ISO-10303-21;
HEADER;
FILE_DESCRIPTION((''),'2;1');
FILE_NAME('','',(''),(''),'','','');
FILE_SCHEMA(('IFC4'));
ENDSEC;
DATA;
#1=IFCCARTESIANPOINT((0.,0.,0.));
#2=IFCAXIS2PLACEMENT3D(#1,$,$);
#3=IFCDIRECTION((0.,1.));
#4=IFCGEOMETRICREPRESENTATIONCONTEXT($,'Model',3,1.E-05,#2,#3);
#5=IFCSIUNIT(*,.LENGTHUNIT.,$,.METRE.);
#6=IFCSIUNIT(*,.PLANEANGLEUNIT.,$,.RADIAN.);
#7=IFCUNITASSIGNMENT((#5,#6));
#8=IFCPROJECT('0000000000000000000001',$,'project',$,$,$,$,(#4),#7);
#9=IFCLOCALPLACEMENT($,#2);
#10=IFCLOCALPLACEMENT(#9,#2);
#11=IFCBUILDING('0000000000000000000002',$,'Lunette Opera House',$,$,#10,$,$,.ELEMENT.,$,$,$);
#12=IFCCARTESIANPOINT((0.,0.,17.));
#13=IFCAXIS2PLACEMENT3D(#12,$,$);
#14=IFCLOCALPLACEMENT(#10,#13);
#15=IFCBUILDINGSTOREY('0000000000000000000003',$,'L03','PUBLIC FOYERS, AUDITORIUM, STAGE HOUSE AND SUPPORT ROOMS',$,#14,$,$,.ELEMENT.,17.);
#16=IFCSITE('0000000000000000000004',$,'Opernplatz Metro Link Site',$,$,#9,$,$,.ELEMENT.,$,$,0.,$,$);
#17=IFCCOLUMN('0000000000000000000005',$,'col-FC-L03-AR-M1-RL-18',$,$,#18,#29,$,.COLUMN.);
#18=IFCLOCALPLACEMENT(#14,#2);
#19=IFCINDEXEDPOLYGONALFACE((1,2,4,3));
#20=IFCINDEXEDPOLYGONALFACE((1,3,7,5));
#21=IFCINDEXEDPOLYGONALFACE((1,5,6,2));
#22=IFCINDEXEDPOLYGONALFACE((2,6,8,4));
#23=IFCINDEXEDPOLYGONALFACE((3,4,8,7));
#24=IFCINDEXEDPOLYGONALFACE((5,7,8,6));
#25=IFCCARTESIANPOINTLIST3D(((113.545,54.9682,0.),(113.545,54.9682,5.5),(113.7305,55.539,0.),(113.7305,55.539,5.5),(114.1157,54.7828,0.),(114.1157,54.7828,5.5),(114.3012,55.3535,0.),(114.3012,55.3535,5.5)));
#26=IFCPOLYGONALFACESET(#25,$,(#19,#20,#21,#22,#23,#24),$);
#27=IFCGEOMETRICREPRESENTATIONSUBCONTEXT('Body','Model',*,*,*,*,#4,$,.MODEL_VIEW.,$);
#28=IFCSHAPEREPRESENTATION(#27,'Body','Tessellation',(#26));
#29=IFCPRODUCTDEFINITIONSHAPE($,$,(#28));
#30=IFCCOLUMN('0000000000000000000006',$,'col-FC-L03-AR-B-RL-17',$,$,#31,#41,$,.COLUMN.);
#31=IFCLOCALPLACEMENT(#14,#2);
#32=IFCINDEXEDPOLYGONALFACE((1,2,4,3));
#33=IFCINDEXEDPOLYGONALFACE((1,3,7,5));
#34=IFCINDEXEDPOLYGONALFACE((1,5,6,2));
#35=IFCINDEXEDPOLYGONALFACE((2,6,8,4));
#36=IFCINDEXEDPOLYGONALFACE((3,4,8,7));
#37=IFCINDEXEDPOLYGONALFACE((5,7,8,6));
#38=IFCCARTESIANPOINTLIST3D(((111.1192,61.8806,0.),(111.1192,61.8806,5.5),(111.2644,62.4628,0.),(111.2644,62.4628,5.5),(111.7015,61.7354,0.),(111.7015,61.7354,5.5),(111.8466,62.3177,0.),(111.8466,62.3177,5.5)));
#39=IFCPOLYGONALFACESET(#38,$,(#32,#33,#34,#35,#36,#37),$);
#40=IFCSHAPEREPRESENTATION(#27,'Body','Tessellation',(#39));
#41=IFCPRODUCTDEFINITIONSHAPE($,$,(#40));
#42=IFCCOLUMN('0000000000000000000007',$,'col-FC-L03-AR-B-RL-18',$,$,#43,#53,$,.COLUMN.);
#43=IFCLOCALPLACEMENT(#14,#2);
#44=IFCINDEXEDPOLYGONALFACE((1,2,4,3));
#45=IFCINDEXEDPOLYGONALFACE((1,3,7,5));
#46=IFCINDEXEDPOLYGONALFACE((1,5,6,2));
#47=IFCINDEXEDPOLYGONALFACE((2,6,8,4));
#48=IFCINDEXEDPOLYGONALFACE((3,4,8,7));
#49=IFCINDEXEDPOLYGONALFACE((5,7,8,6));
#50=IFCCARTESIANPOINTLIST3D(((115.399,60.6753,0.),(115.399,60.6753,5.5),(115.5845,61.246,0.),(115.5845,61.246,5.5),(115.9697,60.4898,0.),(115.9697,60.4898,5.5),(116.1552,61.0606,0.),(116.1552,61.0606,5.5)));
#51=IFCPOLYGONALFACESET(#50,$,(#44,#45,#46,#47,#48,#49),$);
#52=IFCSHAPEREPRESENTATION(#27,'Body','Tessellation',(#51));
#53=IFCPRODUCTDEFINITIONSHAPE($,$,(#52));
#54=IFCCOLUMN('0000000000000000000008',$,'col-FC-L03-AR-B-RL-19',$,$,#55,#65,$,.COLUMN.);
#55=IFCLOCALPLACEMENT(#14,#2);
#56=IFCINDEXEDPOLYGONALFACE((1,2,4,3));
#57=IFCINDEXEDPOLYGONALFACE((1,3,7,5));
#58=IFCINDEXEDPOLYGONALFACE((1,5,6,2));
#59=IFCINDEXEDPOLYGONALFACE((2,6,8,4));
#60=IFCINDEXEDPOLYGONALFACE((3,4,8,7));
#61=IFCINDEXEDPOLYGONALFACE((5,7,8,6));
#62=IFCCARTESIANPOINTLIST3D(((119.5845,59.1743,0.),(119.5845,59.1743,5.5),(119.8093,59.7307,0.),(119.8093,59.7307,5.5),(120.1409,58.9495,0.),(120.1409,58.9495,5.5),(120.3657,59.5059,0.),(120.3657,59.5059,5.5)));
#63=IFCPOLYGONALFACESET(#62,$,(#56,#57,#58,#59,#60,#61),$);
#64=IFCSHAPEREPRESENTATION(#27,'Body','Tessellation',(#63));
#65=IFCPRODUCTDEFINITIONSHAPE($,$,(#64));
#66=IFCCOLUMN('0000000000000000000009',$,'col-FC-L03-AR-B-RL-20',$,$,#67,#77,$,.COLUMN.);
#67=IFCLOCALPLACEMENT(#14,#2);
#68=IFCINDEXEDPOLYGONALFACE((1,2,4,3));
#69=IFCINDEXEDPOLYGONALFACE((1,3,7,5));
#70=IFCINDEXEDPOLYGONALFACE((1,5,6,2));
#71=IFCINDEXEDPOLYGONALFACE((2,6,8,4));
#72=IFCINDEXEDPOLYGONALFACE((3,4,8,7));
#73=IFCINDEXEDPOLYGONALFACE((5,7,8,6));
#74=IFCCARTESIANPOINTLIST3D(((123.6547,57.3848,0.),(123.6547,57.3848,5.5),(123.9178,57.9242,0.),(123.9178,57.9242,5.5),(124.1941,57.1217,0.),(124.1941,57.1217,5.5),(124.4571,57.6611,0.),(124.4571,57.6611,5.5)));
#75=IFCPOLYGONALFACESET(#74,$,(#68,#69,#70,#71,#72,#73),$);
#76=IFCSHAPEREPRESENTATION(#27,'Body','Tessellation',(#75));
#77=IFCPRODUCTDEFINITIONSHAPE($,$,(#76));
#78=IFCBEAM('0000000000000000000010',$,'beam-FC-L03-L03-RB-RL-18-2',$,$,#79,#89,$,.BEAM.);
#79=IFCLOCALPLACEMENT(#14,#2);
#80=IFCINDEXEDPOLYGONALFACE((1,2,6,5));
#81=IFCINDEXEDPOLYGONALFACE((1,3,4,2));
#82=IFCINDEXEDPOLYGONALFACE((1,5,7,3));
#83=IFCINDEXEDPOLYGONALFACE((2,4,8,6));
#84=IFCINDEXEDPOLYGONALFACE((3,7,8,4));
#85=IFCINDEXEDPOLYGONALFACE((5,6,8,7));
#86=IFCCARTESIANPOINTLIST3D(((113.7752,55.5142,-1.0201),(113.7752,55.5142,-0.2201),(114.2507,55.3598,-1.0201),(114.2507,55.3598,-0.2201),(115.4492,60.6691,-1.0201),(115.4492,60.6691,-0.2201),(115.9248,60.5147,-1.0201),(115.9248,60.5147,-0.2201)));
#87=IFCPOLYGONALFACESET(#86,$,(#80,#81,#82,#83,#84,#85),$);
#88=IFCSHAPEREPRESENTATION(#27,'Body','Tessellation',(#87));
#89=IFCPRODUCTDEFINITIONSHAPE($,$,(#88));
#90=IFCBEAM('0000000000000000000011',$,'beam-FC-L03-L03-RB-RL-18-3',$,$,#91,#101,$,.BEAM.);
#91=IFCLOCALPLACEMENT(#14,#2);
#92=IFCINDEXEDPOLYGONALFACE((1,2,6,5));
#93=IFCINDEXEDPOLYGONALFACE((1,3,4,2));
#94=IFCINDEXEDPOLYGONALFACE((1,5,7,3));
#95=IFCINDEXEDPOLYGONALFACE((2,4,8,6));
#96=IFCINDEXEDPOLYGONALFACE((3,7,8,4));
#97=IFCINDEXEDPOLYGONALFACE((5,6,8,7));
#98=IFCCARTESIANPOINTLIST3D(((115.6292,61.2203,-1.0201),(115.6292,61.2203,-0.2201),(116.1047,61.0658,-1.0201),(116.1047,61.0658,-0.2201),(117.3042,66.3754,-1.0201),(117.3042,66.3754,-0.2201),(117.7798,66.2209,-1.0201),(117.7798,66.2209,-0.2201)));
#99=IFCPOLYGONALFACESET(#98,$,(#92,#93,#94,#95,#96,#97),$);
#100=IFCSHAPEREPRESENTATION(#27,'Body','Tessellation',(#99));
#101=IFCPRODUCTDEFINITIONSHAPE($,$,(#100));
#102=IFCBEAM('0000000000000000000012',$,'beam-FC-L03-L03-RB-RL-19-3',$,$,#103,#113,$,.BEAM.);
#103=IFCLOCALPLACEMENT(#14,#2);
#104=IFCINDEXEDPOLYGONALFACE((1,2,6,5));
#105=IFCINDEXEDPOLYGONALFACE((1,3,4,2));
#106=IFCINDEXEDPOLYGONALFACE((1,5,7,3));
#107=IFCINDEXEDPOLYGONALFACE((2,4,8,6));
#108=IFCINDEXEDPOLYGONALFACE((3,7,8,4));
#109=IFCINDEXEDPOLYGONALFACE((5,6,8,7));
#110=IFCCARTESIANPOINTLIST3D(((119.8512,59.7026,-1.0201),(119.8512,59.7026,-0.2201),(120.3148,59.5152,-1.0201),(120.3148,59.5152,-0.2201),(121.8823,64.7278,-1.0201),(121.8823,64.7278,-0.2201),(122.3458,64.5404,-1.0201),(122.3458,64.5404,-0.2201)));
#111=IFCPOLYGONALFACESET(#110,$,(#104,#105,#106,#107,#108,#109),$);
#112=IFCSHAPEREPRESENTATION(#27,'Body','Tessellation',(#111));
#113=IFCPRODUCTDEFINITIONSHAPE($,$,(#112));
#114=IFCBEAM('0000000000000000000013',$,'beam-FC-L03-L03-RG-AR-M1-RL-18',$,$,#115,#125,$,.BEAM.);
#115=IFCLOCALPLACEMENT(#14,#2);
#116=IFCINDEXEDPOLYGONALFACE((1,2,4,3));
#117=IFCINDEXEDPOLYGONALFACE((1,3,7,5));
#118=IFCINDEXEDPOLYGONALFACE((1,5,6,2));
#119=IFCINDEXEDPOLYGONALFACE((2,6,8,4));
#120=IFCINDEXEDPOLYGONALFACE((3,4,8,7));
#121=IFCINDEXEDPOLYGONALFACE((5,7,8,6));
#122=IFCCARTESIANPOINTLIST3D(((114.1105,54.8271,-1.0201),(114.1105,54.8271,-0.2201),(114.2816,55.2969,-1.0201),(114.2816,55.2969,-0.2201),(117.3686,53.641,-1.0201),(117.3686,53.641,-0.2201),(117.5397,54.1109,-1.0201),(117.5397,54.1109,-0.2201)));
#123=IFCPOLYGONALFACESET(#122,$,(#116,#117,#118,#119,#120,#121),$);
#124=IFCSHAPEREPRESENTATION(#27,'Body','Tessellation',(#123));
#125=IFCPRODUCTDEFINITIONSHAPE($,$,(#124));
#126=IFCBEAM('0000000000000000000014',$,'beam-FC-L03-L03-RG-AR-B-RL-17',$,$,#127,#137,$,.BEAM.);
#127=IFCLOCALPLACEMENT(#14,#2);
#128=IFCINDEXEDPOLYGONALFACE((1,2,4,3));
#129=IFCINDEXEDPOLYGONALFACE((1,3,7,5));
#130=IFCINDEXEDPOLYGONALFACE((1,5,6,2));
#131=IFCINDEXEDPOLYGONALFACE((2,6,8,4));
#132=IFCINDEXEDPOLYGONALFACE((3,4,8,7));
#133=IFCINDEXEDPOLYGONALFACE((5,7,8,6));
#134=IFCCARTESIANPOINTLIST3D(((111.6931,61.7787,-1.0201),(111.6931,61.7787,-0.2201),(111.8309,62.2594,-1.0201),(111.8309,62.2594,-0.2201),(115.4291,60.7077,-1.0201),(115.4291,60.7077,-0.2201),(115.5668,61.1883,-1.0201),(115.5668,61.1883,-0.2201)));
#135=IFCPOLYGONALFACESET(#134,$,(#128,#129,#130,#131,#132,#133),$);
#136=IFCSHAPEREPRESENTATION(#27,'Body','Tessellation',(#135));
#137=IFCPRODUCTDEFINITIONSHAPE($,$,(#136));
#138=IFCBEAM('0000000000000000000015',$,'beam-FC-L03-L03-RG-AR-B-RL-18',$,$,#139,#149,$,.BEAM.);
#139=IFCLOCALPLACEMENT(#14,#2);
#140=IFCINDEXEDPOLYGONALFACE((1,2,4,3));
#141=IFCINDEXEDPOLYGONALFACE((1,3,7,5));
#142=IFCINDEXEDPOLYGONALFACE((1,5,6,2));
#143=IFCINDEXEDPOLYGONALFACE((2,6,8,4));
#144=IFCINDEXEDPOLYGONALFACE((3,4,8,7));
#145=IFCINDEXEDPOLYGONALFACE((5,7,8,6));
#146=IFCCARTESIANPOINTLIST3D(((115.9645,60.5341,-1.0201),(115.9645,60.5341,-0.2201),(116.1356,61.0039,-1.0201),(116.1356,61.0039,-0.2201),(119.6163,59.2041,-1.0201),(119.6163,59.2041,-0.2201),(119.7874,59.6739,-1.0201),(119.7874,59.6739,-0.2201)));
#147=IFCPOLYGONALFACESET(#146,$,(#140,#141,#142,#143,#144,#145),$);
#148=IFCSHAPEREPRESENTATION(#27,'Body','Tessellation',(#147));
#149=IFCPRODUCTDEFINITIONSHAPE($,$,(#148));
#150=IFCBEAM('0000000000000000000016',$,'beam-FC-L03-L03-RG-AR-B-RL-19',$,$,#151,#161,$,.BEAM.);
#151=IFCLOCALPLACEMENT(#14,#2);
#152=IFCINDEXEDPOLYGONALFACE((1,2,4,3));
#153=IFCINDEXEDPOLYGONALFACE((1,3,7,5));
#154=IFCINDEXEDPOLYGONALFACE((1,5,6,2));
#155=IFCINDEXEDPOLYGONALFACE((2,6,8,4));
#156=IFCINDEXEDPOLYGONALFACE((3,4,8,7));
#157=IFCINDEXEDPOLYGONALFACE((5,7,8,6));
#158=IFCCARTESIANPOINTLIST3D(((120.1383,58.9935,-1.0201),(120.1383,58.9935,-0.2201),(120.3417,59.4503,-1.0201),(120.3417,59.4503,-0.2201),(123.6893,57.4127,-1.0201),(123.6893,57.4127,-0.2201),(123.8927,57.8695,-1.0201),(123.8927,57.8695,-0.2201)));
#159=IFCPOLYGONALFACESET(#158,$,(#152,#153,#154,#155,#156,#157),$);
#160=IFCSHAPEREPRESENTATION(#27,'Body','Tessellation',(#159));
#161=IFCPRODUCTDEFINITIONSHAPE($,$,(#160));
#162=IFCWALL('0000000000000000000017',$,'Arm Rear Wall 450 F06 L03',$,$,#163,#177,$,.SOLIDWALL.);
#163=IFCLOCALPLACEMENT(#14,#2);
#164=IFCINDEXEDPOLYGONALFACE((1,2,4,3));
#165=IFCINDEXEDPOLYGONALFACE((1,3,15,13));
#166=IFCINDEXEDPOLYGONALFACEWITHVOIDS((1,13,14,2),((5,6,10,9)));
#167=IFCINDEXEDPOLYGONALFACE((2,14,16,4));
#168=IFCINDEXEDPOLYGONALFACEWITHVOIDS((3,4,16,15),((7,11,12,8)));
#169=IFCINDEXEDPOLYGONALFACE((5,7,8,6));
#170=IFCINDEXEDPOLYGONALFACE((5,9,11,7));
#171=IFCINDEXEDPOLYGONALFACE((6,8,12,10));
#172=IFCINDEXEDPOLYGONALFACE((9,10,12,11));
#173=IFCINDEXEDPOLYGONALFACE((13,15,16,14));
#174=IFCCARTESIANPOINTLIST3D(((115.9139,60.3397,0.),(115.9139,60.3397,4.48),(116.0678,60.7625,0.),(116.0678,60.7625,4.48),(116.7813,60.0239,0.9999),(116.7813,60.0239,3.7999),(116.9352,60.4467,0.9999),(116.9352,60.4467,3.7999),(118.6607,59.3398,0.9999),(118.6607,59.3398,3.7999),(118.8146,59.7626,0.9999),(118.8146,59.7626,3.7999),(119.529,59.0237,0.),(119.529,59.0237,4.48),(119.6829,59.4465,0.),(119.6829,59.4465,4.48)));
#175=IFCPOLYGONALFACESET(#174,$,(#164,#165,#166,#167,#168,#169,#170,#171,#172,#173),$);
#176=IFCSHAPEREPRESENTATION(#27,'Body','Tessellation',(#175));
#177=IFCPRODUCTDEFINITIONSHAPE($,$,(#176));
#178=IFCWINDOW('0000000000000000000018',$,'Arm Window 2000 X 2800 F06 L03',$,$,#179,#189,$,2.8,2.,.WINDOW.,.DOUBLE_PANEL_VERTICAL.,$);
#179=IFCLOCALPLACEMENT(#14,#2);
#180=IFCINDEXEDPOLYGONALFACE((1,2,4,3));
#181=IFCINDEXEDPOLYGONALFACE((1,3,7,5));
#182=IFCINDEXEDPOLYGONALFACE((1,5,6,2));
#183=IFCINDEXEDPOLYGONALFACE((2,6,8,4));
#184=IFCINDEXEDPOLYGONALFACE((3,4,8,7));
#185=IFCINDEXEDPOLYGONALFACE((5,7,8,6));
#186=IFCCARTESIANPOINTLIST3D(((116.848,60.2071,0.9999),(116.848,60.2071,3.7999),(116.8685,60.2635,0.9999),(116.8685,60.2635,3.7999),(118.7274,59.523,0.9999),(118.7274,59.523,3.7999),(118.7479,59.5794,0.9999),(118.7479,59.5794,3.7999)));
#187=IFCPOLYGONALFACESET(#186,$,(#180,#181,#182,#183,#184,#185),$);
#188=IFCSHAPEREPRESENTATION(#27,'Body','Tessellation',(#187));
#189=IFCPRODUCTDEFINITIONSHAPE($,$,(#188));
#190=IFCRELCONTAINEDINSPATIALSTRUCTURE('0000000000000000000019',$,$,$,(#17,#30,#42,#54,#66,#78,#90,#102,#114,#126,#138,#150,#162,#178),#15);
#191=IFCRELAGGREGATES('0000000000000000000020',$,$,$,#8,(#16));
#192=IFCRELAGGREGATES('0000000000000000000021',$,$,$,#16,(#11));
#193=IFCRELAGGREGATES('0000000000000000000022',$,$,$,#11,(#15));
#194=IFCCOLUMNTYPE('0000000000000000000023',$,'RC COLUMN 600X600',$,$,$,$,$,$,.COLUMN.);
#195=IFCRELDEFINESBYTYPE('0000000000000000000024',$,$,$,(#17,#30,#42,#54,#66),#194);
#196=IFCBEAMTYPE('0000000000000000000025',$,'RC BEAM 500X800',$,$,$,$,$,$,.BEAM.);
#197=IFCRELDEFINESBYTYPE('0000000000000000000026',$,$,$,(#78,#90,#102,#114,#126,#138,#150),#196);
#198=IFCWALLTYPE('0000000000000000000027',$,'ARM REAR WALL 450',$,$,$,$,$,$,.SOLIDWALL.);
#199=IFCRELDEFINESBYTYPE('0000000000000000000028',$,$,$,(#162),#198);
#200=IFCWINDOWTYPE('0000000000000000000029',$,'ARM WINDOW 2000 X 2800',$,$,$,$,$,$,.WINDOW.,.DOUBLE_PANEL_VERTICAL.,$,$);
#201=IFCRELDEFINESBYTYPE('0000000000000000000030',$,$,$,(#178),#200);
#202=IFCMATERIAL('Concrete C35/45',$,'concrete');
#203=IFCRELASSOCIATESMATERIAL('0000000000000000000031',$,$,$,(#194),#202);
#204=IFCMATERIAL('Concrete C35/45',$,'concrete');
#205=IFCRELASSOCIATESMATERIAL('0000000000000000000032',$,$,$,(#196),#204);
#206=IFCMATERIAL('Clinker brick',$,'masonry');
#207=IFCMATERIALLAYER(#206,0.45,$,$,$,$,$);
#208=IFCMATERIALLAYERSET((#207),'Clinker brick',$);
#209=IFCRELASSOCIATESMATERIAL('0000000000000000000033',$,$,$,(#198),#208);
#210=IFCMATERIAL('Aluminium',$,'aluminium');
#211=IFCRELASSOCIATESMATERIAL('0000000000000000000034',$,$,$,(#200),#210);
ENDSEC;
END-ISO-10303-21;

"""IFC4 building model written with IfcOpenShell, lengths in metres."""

from ifc_helpers import new_model, si_unit, direction, frame, frame_2d, origin, origin_2d, place, context, subcontext, project, spatial, rectangle, extrude, material, layer, layer_set, material_profile, profile_set, type_object, element, fill, save


model = new_model("IFC4")

# Units and contexts
model_context = context("Model", 3, precision=1e-05, world=origin(), true_north=direction((0.0, 1.0)))
body_context = subcontext(model_context, "Body", "Model", "MODEL_VIEW")
ifc_project = project(units=[si_unit("LENGTHUNIT", "METRE"), si_unit("PLANEANGLEUNIT", "RADIAN")], contexts=[model_context])

# Site, building, storey
site_placement = place(None, origin())
site = spatial("IfcSite", under=ifc_project, at=site_placement, Name="Opernplatz Metro Link Site", CompositionType="ELEMENT", RefElevation=0.0)
building_placement = place(site_placement, origin())
building = spatial("IfcBuilding", under=site, at=building_placement, Name="Lunette Opera House", CompositionType="ELEMENT")
storey_placement = place(building_placement, frame((0.0, 0.0, 17.0)))
storey = spatial("IfcBuildingStorey", under=building, at=storey_placement, Name="L03", Description="PUBLIC FOYERS, AUDITORIUM, STAGE HOUSE AND SUPPORT ROOMS", CompositionType="ELEMENT", Elevation=17.0)

# Columns
ifc_material_1 = material(Name="Concrete C35/45", Category="concrete")
ifc_material_profile_1 = material_profile(ifc_material_1, rectangle(XDim=0.6001, YDim=0.6001, at=origin_2d()), Name="RC COLUMN 600X600")
ifc_profile_set_1 = profile_set([ifc_material_profile_1], Name="Concrete C35/45")
column_type = type_object("IfcColumnType", Name="RC COLUMN 600X600", PredefinedType="COLUMN", material=ifc_profile_set_1)
for number, where, z_axis, x_axis, name in (
    (1, (113.9231, 55.1609, 0.0), (0.0, 0.0, 1.0), (0.951057, -0.309017, 0.0), "col-FC-L03-AR-M1-RL-18"),
    (2, (111.4829, 62.0991, 0.0), (0.0, 0.0, 1.0), (0.970296, -0.241922, 0.0), "col-FC-L03-AR-B-RL-17"),
    (3, (115.7771, 60.8679, 0.0), (0.0, 0.0, 1.0), (0.951057, -0.309017, 0.0), "col-FC-L03-AR-B-RL-18"),
    (4, (119.9751, 59.3401, 0.0), (0.0, 0.0, 1.0), (0.927184, -0.374607, 0.0), "col-FC-L03-AR-B-RL-19"),
    (5, (124.0559, 57.5229, 0.0), (0.0, 0.0, 1.0), (0.898794, -0.438371, 0.0), "col-FC-L03-AR-B-RL-20"),
):
    element("IfcColumn", number, at=place(storey_placement, frame(where, z_axis=z_axis, x_axis=x_axis)), inside=storey, type_object=column_type, Name=name, PredefinedType="COLUMN", context=body_context, shape_type="SweptSolid", body=[
        extrude(rectangle(XDim=0.6001, YDim=0.6001, at=origin_2d()), origin(), (0.0, 0.0, 1.0), 5.5),
    ])

# Beams
ifc_material_2 = material(Name="Concrete C35/45", Category="concrete")
ifc_material_profile_2 = material_profile(ifc_material_2, rectangle(XDim=0.5, YDim=0.8, at=origin_2d()), Name="RC BEAM 500X800")
ifc_profile_set_2 = profile_set([ifc_material_profile_2], Name="Concrete C35/45")
beam_type = type_object("IfcBeamType", Name="RC BEAM 500X800", PredefinedType="BEAM", material=ifc_profile_set_2)
beam_1_placement = place(storey_placement, frame((114.0129, 55.437, -0.6201), z_axis=(0.308867, 0.951105, 0.0), x_axis=(-0.951105, 0.308867, 0.0)))
element("IfcBeam", 6, at=beam_1_placement, inside=storey, type_object=beam_type, Name="beam-FC-L03-L03-RB-RL-18-2", PredefinedType="BEAM", context=body_context, shape_type="SweptSolid", body=[
    extrude(rectangle(XDim=0.5, YDim=0.8, at=origin_2d()), origin(), (0.0, 0.0, 1.0), 5.4199),
])
beam_2_placement = place(storey_placement, frame((115.8669, 61.1431, -0.6201), z_axis=(0.30903, 0.951052, 0.0), x_axis=(-0.951052, 0.30903, 0.0)))
element("IfcBeam", 7, at=beam_2_placement, inside=storey, type_object=beam_type, Name="beam-FC-L03-L03-RB-RL-18-3", PredefinedType="BEAM", context=body_context, shape_type="SweptSolid", body=[
    extrude(rectangle(XDim=0.5, YDim=0.8, at=origin_2d()), origin(), (0.0, 0.0, 1.0), 5.4204),
])
beam_3_placement = place(storey_placement, frame((120.083, 59.6089, -0.6201), z_axis=(0.37472, 0.927138, 0.0), x_axis=(-0.927138, 0.37472, 0.0)))
element("IfcBeam", 8, at=beam_3_placement, inside=storey, type_object=beam_type, Name="beam-FC-L03-L03-RB-RL-19-3", PredefinedType="BEAM", context=body_context, shape_type="SweptSolid", body=[
    extrude(rectangle(XDim=0.5, YDim=0.8, at=origin_2d()), origin(), (0.0, 0.0, 1.0), 5.4202),
])
beam_4_placement = place(storey_placement, frame((114.196, 55.062, -0.6201), z_axis=(0.939674, -0.342071, 0.0), x_axis=(0.342071, 0.939674, 0.0)))
element("IfcBeam", 9, at=beam_4_placement, inside=storey, type_object=beam_type, Name="beam-FC-L03-L03-RG-AR-M1-RL-18", PredefinedType="BEAM", context=body_context, shape_type="SweptSolid", body=[
    extrude(rectangle(XDim=0.5, YDim=0.8, at=origin_2d()), origin(), (0.0, 0.0, 1.0), 3.4673),
])
for number, where, z_axis, x_axis, name in (
    (10, (111.762, 62.019, -0.6201), (0.961279, -0.275576, 0.0), (0.275576, 0.961279, 0.0), "beam-FC-L03-L03-RG-AR-B-RL-17"),
    (11, (116.05, 60.769, -0.6201), (0.939617, -0.342227, 0.0), (0.342227, 0.939617, 0.0), "beam-FC-L03-L03-RG-AR-B-RL-18"),
):
    element("IfcBeam", number, at=place(storey_placement, frame(where, z_axis=z_axis, x_axis=x_axis)), inside=storey, type_object=beam_type, Name=name, PredefinedType="BEAM", context=body_context, shape_type="SweptSolid", body=[
        extrude(rectangle(XDim=0.5, YDim=0.8, at=origin_2d()), origin(), (0.0, 0.0, 1.0), 3.8865),
    ])
beam_5_placement = place(storey_placement, frame((120.24, 59.2219, -0.6201), z_axis=(0.913565, -0.406692, 0.0), x_axis=(0.406692, 0.913565, 0.0)))
element("IfcBeam", 12, at=beam_5_placement, inside=storey, type_object=beam_type, Name="beam-FC-L03-L03-RG-AR-B-RL-19", PredefinedType="BEAM", context=body_context, shape_type="SweptSolid", body=[
    extrude(rectangle(XDim=0.5, YDim=0.8, at=origin_2d()), origin(), (0.0, 0.0, 1.0), 3.887),
])

# Wall, opening, window
ifc_material_3 = material(Name="Clinker brick", Category="masonry")
ifc_layer = layer(ifc_material_3, 0.45)
ifc_layer_set = layer_set([ifc_layer], Name="Clinker brick")
wall_type = type_object("IfcWallType", Name="ARM REAR WALL 450", PredefinedType="SOLIDWALL", material=ifc_layer_set)
wall_1_placement = place(storey_placement, frame((119.606, 59.2351, 0.0), z_axis=(0.0, 0.0, 1.0), x_axis=(-0.939678, 0.342059, 0.0)))
wall_1 = element("IfcWall", 13, at=wall_1_placement, inside=storey, type_object=wall_type, Name="Arm Rear Wall 450 F06 L03", PredefinedType="SOLIDWALL", context=body_context, shape_type="SweptSolid", body=[
    extrude(rectangle(XDim=3.8472, YDim=0.45, at=frame_2d((1.9236, 0.0))), origin(), (0.0, 0.0, 1.0), 4.48),
])
opening_1_placement = place(wall_1_placement, frame((0.9241, 0.0, 1.0)))
opening_1 = element("IfcOpeningElement", 14, at=opening_1_placement, cuts=wall_1, PredefinedType="OPENING", context=body_context, shape_type="SweptSolid", body=[
    extrude(rectangle(XDim=2.0, YDim=2.8, at=frame_2d((1.0, 1.3999))), frame((0.0, 0.2371, 0.0), z_axis=(0.0, -1.0, 0.0), x_axis=(1.0, 0.0, 0.0)), (0.0, 0.0, 1.0), 0.4739),
])
ifc_material_4 = material(Name="Aluminium", Category="aluminium")
window_type = type_object("IfcWindowType", Name="ARM WINDOW 2000 X 2800", PartitioningType="DOUBLE_PANEL_VERTICAL", PredefinedType="WINDOW", material=ifc_material_4)
window_1_placement = place(opening_1_placement, origin())
window_1 = element("IfcWindow", 15, at=window_1_placement, inside=storey, type_object=window_type, Name="Arm Window 2000 X 2800 F06 L03", OverallHeight=2.8, OverallWidth=2.0, PartitioningType="DOUBLE_PANEL_VERTICAL", PredefinedType="WINDOW", context=body_context, shape_type="SweptSolid", body=[
    extrude(rectangle(XDim=2.0, YDim=2.8, at=frame_2d((1.0, 1.3999))), frame((0.0, 0.03, 0.0), z_axis=(0.0, -1.0, 0.0), x_axis=(1.0, 0.0, 0.0)), (0.0, 0.0, 1.0), 0.0601),
])
fill(opening_1, window_1)

save(model, "model.ifc")
